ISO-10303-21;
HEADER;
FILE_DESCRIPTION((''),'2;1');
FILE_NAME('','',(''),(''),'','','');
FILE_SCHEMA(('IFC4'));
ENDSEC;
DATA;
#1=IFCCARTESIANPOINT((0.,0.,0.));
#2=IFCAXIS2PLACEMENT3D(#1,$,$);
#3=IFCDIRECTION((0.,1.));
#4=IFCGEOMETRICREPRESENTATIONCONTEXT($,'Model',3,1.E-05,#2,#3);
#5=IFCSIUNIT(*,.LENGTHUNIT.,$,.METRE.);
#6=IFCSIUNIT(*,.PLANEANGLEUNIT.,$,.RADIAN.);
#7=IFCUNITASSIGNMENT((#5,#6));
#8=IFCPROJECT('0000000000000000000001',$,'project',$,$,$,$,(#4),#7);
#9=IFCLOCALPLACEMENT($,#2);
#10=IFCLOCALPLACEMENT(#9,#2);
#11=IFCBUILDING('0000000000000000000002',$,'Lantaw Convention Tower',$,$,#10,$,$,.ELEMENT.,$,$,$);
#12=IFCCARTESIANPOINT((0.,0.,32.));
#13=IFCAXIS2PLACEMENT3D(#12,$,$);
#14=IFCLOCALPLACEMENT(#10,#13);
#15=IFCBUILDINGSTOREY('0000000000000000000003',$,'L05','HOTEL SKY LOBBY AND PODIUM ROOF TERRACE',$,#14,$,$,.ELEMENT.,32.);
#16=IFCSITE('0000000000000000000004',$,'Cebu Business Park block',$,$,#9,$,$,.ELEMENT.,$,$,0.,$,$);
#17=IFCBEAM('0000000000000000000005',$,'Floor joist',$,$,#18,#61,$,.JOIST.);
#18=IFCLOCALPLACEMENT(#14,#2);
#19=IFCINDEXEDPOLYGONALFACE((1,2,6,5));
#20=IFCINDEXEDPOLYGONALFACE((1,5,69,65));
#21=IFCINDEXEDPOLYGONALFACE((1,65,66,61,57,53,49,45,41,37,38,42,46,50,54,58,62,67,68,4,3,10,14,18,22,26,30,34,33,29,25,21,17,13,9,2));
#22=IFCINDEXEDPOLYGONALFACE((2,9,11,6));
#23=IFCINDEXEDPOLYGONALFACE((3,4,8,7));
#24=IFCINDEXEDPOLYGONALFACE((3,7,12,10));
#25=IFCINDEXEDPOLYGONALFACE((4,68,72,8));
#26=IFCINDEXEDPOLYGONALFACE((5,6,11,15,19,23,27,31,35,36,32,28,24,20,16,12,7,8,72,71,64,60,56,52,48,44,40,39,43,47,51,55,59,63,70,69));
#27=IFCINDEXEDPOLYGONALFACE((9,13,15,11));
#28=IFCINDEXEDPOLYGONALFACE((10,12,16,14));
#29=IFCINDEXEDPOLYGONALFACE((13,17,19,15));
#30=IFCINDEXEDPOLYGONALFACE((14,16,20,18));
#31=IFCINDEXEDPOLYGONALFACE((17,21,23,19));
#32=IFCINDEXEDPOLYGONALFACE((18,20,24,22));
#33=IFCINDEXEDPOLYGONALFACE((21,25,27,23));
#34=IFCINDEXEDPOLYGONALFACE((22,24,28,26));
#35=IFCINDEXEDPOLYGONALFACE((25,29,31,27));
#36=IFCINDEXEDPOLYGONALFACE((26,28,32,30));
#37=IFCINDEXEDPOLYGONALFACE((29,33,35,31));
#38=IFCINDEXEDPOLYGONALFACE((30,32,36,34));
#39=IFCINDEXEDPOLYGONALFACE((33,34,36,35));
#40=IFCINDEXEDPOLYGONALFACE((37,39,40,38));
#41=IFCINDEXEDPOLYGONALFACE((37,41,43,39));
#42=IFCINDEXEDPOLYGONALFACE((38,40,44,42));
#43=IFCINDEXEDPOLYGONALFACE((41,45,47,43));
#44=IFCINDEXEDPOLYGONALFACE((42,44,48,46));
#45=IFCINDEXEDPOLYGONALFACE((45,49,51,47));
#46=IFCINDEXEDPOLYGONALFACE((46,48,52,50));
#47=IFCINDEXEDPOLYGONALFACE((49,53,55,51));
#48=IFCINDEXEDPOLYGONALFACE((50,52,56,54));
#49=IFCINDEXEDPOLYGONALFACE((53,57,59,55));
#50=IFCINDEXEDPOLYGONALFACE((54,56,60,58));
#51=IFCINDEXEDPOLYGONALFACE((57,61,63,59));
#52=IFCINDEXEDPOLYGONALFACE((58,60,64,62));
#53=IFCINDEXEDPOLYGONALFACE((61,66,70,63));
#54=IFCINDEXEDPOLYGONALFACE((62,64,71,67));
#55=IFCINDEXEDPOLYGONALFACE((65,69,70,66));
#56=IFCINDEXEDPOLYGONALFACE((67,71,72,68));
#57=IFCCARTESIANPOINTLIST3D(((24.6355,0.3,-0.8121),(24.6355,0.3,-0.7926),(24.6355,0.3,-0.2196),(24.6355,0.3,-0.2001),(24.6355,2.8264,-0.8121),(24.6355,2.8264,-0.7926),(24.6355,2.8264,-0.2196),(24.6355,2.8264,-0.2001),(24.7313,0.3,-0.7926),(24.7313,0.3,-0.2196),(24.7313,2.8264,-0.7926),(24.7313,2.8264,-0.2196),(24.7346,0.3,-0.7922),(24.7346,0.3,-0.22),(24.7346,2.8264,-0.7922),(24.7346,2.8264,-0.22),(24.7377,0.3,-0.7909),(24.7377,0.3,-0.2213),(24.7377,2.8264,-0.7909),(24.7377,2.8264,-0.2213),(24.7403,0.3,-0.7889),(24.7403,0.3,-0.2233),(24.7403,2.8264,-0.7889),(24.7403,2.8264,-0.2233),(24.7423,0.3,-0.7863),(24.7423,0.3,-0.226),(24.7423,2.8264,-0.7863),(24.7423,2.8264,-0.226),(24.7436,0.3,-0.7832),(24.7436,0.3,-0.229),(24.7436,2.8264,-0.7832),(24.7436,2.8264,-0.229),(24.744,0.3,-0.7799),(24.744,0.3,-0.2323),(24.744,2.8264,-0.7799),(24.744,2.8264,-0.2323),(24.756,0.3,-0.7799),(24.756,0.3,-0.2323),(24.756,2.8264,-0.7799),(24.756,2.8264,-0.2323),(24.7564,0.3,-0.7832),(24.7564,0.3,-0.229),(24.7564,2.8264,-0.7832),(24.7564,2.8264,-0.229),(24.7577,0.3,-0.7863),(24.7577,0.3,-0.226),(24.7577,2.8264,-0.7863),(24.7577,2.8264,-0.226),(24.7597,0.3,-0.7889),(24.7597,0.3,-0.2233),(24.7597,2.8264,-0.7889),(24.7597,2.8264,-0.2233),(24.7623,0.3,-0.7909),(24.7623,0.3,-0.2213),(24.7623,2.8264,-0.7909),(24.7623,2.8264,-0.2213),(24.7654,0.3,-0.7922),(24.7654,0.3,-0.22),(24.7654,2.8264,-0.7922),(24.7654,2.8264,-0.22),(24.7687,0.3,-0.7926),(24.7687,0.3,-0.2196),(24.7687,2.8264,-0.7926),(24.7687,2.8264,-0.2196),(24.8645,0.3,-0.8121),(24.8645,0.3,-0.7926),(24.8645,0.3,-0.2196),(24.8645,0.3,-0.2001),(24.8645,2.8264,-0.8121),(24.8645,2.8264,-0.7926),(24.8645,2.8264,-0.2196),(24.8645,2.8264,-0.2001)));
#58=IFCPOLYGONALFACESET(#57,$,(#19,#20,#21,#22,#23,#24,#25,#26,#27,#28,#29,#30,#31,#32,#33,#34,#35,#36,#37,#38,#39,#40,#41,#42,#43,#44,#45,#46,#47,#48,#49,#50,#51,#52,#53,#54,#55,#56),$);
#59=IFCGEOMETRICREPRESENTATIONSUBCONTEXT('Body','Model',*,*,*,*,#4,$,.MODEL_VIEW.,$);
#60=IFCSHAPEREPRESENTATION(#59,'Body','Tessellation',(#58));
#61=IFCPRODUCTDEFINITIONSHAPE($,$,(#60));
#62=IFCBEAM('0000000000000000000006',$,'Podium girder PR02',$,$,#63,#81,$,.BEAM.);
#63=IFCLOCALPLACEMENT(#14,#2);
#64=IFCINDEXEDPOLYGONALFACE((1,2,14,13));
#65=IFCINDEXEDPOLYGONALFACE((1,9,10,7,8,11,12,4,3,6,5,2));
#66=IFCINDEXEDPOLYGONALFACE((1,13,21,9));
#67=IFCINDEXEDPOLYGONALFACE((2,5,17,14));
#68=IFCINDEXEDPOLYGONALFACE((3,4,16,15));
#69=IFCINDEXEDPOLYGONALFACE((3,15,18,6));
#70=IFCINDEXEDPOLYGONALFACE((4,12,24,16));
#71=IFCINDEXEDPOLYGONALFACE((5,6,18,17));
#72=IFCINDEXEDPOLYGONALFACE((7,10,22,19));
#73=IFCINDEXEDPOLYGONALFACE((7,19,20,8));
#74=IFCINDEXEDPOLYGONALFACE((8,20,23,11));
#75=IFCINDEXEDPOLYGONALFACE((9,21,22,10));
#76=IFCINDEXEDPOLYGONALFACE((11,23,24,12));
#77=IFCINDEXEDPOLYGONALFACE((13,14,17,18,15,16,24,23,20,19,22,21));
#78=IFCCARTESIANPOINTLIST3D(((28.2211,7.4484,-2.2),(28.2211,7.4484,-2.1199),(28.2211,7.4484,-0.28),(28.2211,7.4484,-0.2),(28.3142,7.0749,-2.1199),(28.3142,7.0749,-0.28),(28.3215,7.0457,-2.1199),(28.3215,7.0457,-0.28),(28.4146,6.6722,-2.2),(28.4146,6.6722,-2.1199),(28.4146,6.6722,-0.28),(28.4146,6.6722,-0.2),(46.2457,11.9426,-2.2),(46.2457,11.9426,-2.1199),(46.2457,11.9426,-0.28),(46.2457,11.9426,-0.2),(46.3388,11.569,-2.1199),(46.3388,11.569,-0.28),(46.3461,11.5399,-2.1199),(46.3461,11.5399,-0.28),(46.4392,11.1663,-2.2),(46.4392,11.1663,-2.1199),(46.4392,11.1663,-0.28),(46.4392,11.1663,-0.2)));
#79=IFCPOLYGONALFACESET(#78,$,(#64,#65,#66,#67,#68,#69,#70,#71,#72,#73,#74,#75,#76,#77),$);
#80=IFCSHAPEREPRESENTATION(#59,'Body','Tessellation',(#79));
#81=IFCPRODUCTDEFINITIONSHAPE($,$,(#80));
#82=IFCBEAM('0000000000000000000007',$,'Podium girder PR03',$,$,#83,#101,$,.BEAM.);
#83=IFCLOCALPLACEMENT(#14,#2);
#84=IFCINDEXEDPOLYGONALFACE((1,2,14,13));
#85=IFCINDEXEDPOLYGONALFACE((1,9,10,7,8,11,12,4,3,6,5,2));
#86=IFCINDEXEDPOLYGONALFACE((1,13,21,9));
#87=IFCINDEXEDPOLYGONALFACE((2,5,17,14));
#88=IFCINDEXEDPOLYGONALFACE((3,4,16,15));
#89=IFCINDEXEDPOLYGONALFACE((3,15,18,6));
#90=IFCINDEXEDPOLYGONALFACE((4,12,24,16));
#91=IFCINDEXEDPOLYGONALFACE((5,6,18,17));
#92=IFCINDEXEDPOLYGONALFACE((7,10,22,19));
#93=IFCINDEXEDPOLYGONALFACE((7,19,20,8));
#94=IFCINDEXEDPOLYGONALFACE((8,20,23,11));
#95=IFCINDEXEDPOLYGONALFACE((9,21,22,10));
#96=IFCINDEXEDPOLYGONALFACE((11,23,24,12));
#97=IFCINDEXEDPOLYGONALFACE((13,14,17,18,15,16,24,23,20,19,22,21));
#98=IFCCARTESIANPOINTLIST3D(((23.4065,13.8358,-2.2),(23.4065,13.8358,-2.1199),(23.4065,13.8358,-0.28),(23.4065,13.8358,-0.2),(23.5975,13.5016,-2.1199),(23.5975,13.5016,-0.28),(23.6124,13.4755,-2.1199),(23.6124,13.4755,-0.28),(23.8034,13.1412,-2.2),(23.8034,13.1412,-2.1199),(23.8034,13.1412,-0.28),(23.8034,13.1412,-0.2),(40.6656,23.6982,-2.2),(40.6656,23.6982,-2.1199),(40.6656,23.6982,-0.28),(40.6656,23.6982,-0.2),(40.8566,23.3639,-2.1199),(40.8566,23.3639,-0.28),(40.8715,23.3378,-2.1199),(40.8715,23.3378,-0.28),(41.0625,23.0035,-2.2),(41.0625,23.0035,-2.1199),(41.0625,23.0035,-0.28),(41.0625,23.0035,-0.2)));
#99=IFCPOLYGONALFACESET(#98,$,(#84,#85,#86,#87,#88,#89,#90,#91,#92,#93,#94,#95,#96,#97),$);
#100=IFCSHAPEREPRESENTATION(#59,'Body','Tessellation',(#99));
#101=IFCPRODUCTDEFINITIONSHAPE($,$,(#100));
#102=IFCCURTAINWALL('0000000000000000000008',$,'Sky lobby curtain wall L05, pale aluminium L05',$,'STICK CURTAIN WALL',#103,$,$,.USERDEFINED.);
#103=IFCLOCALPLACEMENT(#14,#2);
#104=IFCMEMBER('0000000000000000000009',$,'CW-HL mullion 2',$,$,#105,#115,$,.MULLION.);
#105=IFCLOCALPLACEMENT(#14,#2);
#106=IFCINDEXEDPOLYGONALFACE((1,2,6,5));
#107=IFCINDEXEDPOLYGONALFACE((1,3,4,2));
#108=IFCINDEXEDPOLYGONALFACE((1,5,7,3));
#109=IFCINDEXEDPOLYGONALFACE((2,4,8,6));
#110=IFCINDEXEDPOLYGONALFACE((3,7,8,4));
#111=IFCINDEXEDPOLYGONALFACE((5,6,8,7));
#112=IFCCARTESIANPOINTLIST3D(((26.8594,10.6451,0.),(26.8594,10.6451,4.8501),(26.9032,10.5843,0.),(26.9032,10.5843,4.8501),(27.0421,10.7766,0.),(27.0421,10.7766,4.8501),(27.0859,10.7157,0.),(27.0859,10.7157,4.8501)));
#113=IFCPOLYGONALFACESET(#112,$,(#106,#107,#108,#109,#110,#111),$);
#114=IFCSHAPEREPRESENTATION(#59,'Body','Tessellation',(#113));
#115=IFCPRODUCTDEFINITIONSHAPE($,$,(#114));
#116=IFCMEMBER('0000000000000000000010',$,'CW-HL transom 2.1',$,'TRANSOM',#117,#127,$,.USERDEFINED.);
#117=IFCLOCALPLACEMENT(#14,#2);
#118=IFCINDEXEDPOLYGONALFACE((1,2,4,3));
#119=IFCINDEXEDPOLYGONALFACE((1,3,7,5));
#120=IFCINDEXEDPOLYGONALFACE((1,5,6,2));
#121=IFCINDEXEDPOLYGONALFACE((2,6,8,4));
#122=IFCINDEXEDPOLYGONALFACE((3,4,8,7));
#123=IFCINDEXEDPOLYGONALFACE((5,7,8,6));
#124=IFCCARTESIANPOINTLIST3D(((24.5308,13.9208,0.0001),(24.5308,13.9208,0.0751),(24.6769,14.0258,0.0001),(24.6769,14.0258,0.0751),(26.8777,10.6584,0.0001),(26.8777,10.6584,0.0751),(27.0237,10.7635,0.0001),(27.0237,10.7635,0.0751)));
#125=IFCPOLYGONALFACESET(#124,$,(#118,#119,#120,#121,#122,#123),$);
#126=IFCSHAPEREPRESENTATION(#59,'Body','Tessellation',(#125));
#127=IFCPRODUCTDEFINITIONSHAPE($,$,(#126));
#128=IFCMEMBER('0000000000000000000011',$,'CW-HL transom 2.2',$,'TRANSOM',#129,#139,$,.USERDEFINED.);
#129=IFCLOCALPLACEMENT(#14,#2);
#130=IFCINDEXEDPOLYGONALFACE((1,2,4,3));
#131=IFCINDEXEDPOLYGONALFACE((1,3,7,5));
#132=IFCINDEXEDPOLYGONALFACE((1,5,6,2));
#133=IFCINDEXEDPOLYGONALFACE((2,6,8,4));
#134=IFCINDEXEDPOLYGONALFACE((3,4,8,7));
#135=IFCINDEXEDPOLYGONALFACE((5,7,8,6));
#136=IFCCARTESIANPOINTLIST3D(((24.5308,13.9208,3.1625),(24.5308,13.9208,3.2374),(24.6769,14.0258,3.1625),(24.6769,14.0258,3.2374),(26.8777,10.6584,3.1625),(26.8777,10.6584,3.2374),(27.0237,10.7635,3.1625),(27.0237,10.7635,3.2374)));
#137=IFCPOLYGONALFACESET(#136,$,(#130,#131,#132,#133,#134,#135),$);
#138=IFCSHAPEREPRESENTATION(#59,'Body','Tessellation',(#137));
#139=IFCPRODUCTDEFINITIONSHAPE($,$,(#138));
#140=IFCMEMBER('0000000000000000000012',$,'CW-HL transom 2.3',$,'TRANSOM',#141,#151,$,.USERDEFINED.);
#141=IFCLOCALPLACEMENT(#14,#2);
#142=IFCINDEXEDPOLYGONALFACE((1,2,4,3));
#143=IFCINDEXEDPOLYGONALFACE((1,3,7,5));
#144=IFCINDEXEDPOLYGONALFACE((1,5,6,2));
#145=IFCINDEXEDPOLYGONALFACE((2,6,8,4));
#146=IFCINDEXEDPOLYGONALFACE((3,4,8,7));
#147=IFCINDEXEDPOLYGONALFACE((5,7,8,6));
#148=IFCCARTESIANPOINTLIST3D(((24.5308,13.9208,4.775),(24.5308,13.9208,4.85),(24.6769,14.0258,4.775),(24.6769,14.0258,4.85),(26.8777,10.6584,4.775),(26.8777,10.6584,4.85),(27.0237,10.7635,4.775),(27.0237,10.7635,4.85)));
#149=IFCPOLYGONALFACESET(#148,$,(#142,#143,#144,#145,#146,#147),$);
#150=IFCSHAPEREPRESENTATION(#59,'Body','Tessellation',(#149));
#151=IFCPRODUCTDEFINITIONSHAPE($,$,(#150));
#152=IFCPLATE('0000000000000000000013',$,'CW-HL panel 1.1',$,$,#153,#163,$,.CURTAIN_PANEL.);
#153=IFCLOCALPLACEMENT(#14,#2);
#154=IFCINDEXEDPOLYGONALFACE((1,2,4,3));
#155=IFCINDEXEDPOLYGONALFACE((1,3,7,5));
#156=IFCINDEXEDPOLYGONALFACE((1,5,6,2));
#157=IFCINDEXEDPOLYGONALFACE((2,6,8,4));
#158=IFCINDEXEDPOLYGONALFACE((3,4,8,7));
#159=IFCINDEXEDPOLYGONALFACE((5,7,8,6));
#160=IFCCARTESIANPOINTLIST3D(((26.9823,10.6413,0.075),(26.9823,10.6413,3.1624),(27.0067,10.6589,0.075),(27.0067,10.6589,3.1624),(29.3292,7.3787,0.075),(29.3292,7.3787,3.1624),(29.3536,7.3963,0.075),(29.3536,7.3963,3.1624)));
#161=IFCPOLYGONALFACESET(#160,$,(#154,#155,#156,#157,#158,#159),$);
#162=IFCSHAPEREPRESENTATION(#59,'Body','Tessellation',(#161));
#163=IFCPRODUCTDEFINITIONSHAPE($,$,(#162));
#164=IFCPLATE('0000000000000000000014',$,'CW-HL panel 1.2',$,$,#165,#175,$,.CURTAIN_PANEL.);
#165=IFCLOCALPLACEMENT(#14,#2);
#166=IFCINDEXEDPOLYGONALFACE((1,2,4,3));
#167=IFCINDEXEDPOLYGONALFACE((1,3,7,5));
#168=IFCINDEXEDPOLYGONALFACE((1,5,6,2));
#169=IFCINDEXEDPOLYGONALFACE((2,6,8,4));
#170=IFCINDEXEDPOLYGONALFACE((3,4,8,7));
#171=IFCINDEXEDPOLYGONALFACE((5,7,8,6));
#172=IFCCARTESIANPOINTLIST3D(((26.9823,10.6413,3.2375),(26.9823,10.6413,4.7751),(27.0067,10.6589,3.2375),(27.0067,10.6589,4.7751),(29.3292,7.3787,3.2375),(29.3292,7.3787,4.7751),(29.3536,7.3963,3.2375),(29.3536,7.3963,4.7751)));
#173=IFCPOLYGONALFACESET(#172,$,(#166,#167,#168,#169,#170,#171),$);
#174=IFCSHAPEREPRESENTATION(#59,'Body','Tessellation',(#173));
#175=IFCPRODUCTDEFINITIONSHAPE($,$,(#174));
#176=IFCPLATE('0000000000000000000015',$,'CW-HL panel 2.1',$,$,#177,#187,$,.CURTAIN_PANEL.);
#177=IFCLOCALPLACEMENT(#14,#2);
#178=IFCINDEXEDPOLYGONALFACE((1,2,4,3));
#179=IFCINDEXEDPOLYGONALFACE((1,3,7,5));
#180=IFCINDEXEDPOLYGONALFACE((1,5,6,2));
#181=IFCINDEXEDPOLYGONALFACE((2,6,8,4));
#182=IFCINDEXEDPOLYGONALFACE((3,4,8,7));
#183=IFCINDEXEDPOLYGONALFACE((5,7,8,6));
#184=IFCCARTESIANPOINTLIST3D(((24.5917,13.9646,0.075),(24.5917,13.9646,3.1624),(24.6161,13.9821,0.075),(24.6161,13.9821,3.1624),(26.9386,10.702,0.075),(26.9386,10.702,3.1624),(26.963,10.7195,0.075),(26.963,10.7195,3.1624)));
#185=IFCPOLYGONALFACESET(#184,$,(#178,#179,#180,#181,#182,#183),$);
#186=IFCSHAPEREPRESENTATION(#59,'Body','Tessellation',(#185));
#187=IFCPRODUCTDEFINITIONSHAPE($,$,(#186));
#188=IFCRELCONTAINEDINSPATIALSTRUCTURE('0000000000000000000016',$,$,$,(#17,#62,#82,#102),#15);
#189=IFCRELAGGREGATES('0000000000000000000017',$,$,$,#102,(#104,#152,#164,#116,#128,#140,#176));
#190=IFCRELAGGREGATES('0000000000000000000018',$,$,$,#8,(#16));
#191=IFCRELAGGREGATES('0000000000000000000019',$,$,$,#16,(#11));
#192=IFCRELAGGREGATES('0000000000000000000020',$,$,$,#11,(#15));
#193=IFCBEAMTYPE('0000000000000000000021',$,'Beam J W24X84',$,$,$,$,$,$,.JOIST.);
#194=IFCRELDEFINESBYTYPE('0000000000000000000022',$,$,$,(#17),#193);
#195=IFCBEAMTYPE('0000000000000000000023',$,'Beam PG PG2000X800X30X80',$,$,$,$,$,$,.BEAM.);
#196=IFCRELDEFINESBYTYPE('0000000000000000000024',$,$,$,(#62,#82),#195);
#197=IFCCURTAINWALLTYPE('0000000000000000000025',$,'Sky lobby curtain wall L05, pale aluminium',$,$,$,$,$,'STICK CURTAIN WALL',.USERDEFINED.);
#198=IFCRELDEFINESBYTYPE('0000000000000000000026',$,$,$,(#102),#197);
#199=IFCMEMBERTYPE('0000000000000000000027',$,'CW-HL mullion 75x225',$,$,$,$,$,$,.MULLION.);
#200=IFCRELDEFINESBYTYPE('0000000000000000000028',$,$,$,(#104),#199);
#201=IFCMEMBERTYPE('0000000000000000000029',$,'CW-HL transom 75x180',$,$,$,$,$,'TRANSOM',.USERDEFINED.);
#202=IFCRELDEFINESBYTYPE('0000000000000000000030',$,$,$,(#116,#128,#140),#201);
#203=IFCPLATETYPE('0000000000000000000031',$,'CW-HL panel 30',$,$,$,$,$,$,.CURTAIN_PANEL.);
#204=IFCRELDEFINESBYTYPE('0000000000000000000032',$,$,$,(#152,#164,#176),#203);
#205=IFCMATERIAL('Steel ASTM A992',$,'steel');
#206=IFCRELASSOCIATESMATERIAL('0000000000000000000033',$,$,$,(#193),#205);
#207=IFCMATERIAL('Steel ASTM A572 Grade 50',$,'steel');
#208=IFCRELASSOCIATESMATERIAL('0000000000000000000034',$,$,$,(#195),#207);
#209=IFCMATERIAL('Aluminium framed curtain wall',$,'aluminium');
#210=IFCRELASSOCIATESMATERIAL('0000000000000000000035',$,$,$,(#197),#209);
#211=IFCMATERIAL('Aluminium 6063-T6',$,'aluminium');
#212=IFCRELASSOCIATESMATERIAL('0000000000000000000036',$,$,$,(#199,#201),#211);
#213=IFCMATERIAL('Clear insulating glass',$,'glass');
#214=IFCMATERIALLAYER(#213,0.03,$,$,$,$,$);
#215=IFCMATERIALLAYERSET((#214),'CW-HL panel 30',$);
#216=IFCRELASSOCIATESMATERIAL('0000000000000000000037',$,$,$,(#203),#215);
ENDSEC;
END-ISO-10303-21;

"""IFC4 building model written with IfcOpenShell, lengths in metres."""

from ifc_helpers import new_model, si_unit, direction, frame, origin, origin_2d, place, context, subcontext, project, spatial, rectangle, i_section, extrude, material, layer, layer_set, material_profile, profile_set, type_object, element, aggregate, save


model = new_model("IFC4")

# Units and contexts
model_context = context("Model", 3, precision=1e-05, world=origin(), true_north=direction((0.0, 1.0)))
body_context = subcontext(model_context, "Body", "Model", "MODEL_VIEW")
ifc_project = project(units=[si_unit("LENGTHUNIT", "METRE"), si_unit("PLANEANGLEUNIT", "RADIAN")], contexts=[model_context])

# Site, building, storey
site_placement = place(None, origin())
site = spatial("IfcSite", under=ifc_project, at=site_placement, Name="Cebu Business Park block", CompositionType="ELEMENT", RefElevation=0.0)
building_placement = place(site_placement, origin())
building = spatial("IfcBuilding", under=site, at=building_placement, Name="Lantaw Convention Tower", CompositionType="ELEMENT")
storey_placement = place(building_placement, frame((0.0, 0.0, 32.0)))
storey = spatial("IfcBuildingStorey", under=building, at=storey_placement, Name="L05", Description="HOTEL SKY LOBBY AND PODIUM ROOF TERRACE", CompositionType="ELEMENT", Elevation=32.0)

# Beams
ifc_material_1 = material(Name="Steel ASTM A992", Category="steel")
ifc_material_2 = material(Name="Steel ASTM A572 Grade 50", Category="steel")
ifc_material_profile_1 = material_profile(ifc_material_1, i_section(OverallWidth=0.229, OverallDepth=0.6121, WebThickness=0.012, FlangeThickness=0.0195, FilletRadius=0.0127, at=origin_2d()), Name="W24X84")
ifc_profile_set_1 = profile_set([ifc_material_profile_1], Name="Steel ASTM A992")
beam_type_1 = type_object("IfcBeamType", Name="Beam J W24X84", PredefinedType="JOIST", material=ifc_profile_set_1)
beam_1_placement = place(storey_placement, frame((24.75, 0.3, -0.5061), z_axis=(0.0, 1.0, 0.0), x_axis=(-1.0, 0.0, 0.0)))
element("IfcBeam", 1, at=beam_1_placement, inside=storey, type_object=beam_type_1, Name="Floor joist", PredefinedType="JOIST", context=body_context, shape_type="SweptSolid", body=[
    extrude(i_section(OverallWidth=0.229, OverallDepth=0.6121, WebThickness=0.012, FlangeThickness=0.0195, FilletRadius=0.0127, at=origin_2d()), origin(), (0.0, 0.0, 1.0), 2.5264),
])
ifc_material_profile_2 = material_profile(ifc_material_2, i_section(OverallWidth=0.8, OverallDepth=2.0, WebThickness=0.03, FlangeThickness=0.0801, at=origin_2d()), Name="PG2000X800X30X80")
ifc_profile_set_2 = profile_set([ifc_material_profile_2], Name="Steel ASTM A572 Grade 50")
beam_type_2 = type_object("IfcBeamType", Name="Beam PG PG2000X800X30X80", PredefinedType="BEAM", material=ifc_profile_set_2)
beam_2_placement = place(storey_placement, frame((28.3179, 7.0603, -1.2), z_axis=(0.970295, 0.241926, 0.0), x_axis=(-0.241926, 0.970295, 0.0)))
element("IfcBeam", 2, at=beam_2_placement, inside=storey, type_object=beam_type_2, Name="Podium girder PR02", PredefinedType="BEAM", context=body_context, shape_type="SweptSolid", body=[
    extrude(i_section(OverallWidth=0.8, OverallDepth=2.0, WebThickness=0.03, FlangeThickness=0.0801, at=origin_2d()), origin(), (0.0, 0.0, 1.0), 18.5764),
])
beam_3_placement = place(storey_placement, frame((23.605, 13.4885, -1.2), z_axis=(0.868243, 0.496139, 0.0), x_axis=(-0.496139, 0.868243, 0.0)))
element("IfcBeam", 3, at=beam_3_placement, inside=storey, type_object=beam_type_2, Name="Podium girder PR03", PredefinedType="BEAM", context=body_context, shape_type="SweptSolid", body=[
    extrude(i_section(OverallWidth=0.8, OverallDepth=2.0, WebThickness=0.03, FlangeThickness=0.0801, at=origin_2d()), origin(), (0.0, 0.0, 1.0), 19.8782),
])

# Curtain wall, members, plates
ifc_material_3 = material(Name="Aluminium framed curtain wall", Category="aluminium")
curtain_wall_type = type_object("IfcCurtainWallType", Name="Sky lobby curtain wall L05, pale aluminium", ElementType="STICK CURTAIN WALL", PredefinedType="USERDEFINED", material=ifc_material_3)
curtain_wall_placement = place(storey_placement, origin())
curtain_wall = element("IfcCurtainWall", 4, at=curtain_wall_placement, inside=storey, type_object=curtain_wall_type, Name="Sky lobby curtain wall L05, pale aluminium L05", ObjectType="STICK CURTAIN WALL", PredefinedType="USERDEFINED")
ifc_material_4 = material(Name="Aluminium 6063-T6", Category="aluminium")
ifc_material_profile_3 = material_profile(ifc_material_4, rectangle(XDim=0.2251, YDim=0.075, at=origin_2d()), Name="CW-HL mullion 75x225")
ifc_profile_set_3 = profile_set([ifc_material_profile_3], Name="Aluminium 6063-T6")
member_type_1 = type_object("IfcMemberType", Name="CW-HL mullion 75x225", PredefinedType="MULLION", material=ifc_profile_set_3)
member_1_placement = place(storey_placement, frame((26.9727, 10.6804, 0.0), z_axis=(0.0, 0.0, 1.0), x_axis=(-0.811789, -0.583951, 0.0)))
member_1 = element("IfcMember", 5, at=member_1_placement, type_object=member_type_1, Name="CW-HL mullion 2", PredefinedType="MULLION", context=body_context, shape_type="SweptSolid", body=[
    extrude(rectangle(XDim=0.2251, YDim=0.075, at=origin_2d()), origin(), (0.0, 0.0, 1.0), 4.8501),
])
ifc_material_profile_4 = material_profile(ifc_material_4, rectangle(XDim=0.1799, YDim=0.075, at=origin_2d()), Name="CW-HL transom 75x180")
ifc_profile_set_4 = profile_set([ifc_material_profile_4], Name="Aluminium 6063-T6")
member_type_2 = type_object("IfcMemberType", Name="CW-HL transom 75x180", ElementType="TRANSOM", PredefinedType="USERDEFINED", material=ifc_profile_set_4)
member_2_placement = place(storey_placement, frame((26.9507, 10.7109, 0.0376), z_axis=(-0.58397, 0.811775, 0.0), x_axis=(-0.811775, -0.58397, 0.0)))
member_2 = element("IfcMember", 6, at=member_2_placement, type_object=member_type_2, Name="CW-HL transom 2.1", ObjectType="TRANSOM", PredefinedType="USERDEFINED", context=body_context, shape_type="SweptSolid", body=[
    extrude(rectangle(XDim=0.1799, YDim=0.075, at=origin_2d()), origin(), (0.0, 0.0, 1.0), 4.0188),
])
member_3_placement = place(storey_placement, frame((26.9507, 10.7109, 3.2), z_axis=(-0.58397, 0.811775, 0.0), x_axis=(-0.811775, -0.58397, 0.0)))
member_3 = element("IfcMember", 7, at=member_3_placement, type_object=member_type_2, Name="CW-HL transom 2.2", ObjectType="TRANSOM", PredefinedType="USERDEFINED", context=body_context, shape_type="SweptSolid", body=[
    extrude(rectangle(XDim=0.1799, YDim=0.075, at=origin_2d()), origin(), (0.0, 0.0, 1.0), 4.0188),
])
member_4_placement = place(storey_placement, frame((26.9507, 10.7109, 4.8125), z_axis=(-0.58397, 0.811775, 0.0), x_axis=(-0.811775, -0.58397, 0.0)))
member_4 = element("IfcMember", 8, at=member_4_placement, type_object=member_type_2, Name="CW-HL transom 2.3", ObjectType="TRANSOM", PredefinedType="USERDEFINED", context=body_context, shape_type="SweptSolid", body=[
    extrude(rectangle(XDim=0.1799, YDim=0.075, at=origin_2d()), origin(), (0.0, 0.0, 1.0), 4.0188),
])
ifc_material_5 = material(Name="Clear insulating glass", Category="glass")
ifc_layer_1 = layer(ifc_material_5, 0.03)
ifc_layer_set_1 = layer_set([ifc_layer_1], Name="CW-HL panel 30")
plate_type = type_object("IfcPlateType", Name="CW-HL panel 30", PredefinedType="CURTAIN_PANEL", material=ifc_layer_set_1)
plate_1_placement = place(storey_placement, frame((28.168, 9.0188, 0.075), z_axis=(0.0, 0.0, 1.0), x_axis=(-0.583951, 0.811789, 0.0)))
plate_1 = element("IfcPlate", 9, at=plate_1_placement, type_object=plate_type, Name="CW-HL panel 1.1", PredefinedType="CURTAIN_PANEL", context=body_context, shape_type="SweptSolid", body=[
    extrude(rectangle(XDim=4.019, YDim=0.03, at=origin_2d()), origin(), (0.0, 0.0, 1.0), 3.0874),
])
plate_2_placement = place(storey_placement, frame((28.168, 9.0188, 3.2375), z_axis=(0.0, 0.0, 1.0), x_axis=(-0.583951, 0.811789, 0.0)))
plate_2 = element("IfcPlate", 10, at=plate_2_placement, type_object=plate_type, Name="CW-HL panel 1.2", PredefinedType="CURTAIN_PANEL", context=body_context, shape_type="SweptSolid", body=[
    extrude(rectangle(XDim=4.019, YDim=0.03, at=origin_2d()), origin(), (0.0, 0.0, 1.0), 1.5376),
])
plate_3_placement = place(storey_placement, frame((25.7773, 12.342, 0.075), z_axis=(0.0, 0.0, 1.0), x_axis=(-0.583951, 0.811789, 0.0)))
plate_3 = element("IfcPlate", 11, at=plate_3_placement, type_object=plate_type, Name="CW-HL panel 2.1", PredefinedType="CURTAIN_PANEL", context=body_context, shape_type="SweptSolid", body=[
    extrude(rectangle(XDim=4.019, YDim=0.03, at=origin_2d()), origin(), (0.0, 0.0, 1.0), 3.0874),
])
aggregate(curtain_wall, [member_1, plate_1, plate_2, member_2, member_3, member_4, plate_3])

save(model, "model.ifc")
